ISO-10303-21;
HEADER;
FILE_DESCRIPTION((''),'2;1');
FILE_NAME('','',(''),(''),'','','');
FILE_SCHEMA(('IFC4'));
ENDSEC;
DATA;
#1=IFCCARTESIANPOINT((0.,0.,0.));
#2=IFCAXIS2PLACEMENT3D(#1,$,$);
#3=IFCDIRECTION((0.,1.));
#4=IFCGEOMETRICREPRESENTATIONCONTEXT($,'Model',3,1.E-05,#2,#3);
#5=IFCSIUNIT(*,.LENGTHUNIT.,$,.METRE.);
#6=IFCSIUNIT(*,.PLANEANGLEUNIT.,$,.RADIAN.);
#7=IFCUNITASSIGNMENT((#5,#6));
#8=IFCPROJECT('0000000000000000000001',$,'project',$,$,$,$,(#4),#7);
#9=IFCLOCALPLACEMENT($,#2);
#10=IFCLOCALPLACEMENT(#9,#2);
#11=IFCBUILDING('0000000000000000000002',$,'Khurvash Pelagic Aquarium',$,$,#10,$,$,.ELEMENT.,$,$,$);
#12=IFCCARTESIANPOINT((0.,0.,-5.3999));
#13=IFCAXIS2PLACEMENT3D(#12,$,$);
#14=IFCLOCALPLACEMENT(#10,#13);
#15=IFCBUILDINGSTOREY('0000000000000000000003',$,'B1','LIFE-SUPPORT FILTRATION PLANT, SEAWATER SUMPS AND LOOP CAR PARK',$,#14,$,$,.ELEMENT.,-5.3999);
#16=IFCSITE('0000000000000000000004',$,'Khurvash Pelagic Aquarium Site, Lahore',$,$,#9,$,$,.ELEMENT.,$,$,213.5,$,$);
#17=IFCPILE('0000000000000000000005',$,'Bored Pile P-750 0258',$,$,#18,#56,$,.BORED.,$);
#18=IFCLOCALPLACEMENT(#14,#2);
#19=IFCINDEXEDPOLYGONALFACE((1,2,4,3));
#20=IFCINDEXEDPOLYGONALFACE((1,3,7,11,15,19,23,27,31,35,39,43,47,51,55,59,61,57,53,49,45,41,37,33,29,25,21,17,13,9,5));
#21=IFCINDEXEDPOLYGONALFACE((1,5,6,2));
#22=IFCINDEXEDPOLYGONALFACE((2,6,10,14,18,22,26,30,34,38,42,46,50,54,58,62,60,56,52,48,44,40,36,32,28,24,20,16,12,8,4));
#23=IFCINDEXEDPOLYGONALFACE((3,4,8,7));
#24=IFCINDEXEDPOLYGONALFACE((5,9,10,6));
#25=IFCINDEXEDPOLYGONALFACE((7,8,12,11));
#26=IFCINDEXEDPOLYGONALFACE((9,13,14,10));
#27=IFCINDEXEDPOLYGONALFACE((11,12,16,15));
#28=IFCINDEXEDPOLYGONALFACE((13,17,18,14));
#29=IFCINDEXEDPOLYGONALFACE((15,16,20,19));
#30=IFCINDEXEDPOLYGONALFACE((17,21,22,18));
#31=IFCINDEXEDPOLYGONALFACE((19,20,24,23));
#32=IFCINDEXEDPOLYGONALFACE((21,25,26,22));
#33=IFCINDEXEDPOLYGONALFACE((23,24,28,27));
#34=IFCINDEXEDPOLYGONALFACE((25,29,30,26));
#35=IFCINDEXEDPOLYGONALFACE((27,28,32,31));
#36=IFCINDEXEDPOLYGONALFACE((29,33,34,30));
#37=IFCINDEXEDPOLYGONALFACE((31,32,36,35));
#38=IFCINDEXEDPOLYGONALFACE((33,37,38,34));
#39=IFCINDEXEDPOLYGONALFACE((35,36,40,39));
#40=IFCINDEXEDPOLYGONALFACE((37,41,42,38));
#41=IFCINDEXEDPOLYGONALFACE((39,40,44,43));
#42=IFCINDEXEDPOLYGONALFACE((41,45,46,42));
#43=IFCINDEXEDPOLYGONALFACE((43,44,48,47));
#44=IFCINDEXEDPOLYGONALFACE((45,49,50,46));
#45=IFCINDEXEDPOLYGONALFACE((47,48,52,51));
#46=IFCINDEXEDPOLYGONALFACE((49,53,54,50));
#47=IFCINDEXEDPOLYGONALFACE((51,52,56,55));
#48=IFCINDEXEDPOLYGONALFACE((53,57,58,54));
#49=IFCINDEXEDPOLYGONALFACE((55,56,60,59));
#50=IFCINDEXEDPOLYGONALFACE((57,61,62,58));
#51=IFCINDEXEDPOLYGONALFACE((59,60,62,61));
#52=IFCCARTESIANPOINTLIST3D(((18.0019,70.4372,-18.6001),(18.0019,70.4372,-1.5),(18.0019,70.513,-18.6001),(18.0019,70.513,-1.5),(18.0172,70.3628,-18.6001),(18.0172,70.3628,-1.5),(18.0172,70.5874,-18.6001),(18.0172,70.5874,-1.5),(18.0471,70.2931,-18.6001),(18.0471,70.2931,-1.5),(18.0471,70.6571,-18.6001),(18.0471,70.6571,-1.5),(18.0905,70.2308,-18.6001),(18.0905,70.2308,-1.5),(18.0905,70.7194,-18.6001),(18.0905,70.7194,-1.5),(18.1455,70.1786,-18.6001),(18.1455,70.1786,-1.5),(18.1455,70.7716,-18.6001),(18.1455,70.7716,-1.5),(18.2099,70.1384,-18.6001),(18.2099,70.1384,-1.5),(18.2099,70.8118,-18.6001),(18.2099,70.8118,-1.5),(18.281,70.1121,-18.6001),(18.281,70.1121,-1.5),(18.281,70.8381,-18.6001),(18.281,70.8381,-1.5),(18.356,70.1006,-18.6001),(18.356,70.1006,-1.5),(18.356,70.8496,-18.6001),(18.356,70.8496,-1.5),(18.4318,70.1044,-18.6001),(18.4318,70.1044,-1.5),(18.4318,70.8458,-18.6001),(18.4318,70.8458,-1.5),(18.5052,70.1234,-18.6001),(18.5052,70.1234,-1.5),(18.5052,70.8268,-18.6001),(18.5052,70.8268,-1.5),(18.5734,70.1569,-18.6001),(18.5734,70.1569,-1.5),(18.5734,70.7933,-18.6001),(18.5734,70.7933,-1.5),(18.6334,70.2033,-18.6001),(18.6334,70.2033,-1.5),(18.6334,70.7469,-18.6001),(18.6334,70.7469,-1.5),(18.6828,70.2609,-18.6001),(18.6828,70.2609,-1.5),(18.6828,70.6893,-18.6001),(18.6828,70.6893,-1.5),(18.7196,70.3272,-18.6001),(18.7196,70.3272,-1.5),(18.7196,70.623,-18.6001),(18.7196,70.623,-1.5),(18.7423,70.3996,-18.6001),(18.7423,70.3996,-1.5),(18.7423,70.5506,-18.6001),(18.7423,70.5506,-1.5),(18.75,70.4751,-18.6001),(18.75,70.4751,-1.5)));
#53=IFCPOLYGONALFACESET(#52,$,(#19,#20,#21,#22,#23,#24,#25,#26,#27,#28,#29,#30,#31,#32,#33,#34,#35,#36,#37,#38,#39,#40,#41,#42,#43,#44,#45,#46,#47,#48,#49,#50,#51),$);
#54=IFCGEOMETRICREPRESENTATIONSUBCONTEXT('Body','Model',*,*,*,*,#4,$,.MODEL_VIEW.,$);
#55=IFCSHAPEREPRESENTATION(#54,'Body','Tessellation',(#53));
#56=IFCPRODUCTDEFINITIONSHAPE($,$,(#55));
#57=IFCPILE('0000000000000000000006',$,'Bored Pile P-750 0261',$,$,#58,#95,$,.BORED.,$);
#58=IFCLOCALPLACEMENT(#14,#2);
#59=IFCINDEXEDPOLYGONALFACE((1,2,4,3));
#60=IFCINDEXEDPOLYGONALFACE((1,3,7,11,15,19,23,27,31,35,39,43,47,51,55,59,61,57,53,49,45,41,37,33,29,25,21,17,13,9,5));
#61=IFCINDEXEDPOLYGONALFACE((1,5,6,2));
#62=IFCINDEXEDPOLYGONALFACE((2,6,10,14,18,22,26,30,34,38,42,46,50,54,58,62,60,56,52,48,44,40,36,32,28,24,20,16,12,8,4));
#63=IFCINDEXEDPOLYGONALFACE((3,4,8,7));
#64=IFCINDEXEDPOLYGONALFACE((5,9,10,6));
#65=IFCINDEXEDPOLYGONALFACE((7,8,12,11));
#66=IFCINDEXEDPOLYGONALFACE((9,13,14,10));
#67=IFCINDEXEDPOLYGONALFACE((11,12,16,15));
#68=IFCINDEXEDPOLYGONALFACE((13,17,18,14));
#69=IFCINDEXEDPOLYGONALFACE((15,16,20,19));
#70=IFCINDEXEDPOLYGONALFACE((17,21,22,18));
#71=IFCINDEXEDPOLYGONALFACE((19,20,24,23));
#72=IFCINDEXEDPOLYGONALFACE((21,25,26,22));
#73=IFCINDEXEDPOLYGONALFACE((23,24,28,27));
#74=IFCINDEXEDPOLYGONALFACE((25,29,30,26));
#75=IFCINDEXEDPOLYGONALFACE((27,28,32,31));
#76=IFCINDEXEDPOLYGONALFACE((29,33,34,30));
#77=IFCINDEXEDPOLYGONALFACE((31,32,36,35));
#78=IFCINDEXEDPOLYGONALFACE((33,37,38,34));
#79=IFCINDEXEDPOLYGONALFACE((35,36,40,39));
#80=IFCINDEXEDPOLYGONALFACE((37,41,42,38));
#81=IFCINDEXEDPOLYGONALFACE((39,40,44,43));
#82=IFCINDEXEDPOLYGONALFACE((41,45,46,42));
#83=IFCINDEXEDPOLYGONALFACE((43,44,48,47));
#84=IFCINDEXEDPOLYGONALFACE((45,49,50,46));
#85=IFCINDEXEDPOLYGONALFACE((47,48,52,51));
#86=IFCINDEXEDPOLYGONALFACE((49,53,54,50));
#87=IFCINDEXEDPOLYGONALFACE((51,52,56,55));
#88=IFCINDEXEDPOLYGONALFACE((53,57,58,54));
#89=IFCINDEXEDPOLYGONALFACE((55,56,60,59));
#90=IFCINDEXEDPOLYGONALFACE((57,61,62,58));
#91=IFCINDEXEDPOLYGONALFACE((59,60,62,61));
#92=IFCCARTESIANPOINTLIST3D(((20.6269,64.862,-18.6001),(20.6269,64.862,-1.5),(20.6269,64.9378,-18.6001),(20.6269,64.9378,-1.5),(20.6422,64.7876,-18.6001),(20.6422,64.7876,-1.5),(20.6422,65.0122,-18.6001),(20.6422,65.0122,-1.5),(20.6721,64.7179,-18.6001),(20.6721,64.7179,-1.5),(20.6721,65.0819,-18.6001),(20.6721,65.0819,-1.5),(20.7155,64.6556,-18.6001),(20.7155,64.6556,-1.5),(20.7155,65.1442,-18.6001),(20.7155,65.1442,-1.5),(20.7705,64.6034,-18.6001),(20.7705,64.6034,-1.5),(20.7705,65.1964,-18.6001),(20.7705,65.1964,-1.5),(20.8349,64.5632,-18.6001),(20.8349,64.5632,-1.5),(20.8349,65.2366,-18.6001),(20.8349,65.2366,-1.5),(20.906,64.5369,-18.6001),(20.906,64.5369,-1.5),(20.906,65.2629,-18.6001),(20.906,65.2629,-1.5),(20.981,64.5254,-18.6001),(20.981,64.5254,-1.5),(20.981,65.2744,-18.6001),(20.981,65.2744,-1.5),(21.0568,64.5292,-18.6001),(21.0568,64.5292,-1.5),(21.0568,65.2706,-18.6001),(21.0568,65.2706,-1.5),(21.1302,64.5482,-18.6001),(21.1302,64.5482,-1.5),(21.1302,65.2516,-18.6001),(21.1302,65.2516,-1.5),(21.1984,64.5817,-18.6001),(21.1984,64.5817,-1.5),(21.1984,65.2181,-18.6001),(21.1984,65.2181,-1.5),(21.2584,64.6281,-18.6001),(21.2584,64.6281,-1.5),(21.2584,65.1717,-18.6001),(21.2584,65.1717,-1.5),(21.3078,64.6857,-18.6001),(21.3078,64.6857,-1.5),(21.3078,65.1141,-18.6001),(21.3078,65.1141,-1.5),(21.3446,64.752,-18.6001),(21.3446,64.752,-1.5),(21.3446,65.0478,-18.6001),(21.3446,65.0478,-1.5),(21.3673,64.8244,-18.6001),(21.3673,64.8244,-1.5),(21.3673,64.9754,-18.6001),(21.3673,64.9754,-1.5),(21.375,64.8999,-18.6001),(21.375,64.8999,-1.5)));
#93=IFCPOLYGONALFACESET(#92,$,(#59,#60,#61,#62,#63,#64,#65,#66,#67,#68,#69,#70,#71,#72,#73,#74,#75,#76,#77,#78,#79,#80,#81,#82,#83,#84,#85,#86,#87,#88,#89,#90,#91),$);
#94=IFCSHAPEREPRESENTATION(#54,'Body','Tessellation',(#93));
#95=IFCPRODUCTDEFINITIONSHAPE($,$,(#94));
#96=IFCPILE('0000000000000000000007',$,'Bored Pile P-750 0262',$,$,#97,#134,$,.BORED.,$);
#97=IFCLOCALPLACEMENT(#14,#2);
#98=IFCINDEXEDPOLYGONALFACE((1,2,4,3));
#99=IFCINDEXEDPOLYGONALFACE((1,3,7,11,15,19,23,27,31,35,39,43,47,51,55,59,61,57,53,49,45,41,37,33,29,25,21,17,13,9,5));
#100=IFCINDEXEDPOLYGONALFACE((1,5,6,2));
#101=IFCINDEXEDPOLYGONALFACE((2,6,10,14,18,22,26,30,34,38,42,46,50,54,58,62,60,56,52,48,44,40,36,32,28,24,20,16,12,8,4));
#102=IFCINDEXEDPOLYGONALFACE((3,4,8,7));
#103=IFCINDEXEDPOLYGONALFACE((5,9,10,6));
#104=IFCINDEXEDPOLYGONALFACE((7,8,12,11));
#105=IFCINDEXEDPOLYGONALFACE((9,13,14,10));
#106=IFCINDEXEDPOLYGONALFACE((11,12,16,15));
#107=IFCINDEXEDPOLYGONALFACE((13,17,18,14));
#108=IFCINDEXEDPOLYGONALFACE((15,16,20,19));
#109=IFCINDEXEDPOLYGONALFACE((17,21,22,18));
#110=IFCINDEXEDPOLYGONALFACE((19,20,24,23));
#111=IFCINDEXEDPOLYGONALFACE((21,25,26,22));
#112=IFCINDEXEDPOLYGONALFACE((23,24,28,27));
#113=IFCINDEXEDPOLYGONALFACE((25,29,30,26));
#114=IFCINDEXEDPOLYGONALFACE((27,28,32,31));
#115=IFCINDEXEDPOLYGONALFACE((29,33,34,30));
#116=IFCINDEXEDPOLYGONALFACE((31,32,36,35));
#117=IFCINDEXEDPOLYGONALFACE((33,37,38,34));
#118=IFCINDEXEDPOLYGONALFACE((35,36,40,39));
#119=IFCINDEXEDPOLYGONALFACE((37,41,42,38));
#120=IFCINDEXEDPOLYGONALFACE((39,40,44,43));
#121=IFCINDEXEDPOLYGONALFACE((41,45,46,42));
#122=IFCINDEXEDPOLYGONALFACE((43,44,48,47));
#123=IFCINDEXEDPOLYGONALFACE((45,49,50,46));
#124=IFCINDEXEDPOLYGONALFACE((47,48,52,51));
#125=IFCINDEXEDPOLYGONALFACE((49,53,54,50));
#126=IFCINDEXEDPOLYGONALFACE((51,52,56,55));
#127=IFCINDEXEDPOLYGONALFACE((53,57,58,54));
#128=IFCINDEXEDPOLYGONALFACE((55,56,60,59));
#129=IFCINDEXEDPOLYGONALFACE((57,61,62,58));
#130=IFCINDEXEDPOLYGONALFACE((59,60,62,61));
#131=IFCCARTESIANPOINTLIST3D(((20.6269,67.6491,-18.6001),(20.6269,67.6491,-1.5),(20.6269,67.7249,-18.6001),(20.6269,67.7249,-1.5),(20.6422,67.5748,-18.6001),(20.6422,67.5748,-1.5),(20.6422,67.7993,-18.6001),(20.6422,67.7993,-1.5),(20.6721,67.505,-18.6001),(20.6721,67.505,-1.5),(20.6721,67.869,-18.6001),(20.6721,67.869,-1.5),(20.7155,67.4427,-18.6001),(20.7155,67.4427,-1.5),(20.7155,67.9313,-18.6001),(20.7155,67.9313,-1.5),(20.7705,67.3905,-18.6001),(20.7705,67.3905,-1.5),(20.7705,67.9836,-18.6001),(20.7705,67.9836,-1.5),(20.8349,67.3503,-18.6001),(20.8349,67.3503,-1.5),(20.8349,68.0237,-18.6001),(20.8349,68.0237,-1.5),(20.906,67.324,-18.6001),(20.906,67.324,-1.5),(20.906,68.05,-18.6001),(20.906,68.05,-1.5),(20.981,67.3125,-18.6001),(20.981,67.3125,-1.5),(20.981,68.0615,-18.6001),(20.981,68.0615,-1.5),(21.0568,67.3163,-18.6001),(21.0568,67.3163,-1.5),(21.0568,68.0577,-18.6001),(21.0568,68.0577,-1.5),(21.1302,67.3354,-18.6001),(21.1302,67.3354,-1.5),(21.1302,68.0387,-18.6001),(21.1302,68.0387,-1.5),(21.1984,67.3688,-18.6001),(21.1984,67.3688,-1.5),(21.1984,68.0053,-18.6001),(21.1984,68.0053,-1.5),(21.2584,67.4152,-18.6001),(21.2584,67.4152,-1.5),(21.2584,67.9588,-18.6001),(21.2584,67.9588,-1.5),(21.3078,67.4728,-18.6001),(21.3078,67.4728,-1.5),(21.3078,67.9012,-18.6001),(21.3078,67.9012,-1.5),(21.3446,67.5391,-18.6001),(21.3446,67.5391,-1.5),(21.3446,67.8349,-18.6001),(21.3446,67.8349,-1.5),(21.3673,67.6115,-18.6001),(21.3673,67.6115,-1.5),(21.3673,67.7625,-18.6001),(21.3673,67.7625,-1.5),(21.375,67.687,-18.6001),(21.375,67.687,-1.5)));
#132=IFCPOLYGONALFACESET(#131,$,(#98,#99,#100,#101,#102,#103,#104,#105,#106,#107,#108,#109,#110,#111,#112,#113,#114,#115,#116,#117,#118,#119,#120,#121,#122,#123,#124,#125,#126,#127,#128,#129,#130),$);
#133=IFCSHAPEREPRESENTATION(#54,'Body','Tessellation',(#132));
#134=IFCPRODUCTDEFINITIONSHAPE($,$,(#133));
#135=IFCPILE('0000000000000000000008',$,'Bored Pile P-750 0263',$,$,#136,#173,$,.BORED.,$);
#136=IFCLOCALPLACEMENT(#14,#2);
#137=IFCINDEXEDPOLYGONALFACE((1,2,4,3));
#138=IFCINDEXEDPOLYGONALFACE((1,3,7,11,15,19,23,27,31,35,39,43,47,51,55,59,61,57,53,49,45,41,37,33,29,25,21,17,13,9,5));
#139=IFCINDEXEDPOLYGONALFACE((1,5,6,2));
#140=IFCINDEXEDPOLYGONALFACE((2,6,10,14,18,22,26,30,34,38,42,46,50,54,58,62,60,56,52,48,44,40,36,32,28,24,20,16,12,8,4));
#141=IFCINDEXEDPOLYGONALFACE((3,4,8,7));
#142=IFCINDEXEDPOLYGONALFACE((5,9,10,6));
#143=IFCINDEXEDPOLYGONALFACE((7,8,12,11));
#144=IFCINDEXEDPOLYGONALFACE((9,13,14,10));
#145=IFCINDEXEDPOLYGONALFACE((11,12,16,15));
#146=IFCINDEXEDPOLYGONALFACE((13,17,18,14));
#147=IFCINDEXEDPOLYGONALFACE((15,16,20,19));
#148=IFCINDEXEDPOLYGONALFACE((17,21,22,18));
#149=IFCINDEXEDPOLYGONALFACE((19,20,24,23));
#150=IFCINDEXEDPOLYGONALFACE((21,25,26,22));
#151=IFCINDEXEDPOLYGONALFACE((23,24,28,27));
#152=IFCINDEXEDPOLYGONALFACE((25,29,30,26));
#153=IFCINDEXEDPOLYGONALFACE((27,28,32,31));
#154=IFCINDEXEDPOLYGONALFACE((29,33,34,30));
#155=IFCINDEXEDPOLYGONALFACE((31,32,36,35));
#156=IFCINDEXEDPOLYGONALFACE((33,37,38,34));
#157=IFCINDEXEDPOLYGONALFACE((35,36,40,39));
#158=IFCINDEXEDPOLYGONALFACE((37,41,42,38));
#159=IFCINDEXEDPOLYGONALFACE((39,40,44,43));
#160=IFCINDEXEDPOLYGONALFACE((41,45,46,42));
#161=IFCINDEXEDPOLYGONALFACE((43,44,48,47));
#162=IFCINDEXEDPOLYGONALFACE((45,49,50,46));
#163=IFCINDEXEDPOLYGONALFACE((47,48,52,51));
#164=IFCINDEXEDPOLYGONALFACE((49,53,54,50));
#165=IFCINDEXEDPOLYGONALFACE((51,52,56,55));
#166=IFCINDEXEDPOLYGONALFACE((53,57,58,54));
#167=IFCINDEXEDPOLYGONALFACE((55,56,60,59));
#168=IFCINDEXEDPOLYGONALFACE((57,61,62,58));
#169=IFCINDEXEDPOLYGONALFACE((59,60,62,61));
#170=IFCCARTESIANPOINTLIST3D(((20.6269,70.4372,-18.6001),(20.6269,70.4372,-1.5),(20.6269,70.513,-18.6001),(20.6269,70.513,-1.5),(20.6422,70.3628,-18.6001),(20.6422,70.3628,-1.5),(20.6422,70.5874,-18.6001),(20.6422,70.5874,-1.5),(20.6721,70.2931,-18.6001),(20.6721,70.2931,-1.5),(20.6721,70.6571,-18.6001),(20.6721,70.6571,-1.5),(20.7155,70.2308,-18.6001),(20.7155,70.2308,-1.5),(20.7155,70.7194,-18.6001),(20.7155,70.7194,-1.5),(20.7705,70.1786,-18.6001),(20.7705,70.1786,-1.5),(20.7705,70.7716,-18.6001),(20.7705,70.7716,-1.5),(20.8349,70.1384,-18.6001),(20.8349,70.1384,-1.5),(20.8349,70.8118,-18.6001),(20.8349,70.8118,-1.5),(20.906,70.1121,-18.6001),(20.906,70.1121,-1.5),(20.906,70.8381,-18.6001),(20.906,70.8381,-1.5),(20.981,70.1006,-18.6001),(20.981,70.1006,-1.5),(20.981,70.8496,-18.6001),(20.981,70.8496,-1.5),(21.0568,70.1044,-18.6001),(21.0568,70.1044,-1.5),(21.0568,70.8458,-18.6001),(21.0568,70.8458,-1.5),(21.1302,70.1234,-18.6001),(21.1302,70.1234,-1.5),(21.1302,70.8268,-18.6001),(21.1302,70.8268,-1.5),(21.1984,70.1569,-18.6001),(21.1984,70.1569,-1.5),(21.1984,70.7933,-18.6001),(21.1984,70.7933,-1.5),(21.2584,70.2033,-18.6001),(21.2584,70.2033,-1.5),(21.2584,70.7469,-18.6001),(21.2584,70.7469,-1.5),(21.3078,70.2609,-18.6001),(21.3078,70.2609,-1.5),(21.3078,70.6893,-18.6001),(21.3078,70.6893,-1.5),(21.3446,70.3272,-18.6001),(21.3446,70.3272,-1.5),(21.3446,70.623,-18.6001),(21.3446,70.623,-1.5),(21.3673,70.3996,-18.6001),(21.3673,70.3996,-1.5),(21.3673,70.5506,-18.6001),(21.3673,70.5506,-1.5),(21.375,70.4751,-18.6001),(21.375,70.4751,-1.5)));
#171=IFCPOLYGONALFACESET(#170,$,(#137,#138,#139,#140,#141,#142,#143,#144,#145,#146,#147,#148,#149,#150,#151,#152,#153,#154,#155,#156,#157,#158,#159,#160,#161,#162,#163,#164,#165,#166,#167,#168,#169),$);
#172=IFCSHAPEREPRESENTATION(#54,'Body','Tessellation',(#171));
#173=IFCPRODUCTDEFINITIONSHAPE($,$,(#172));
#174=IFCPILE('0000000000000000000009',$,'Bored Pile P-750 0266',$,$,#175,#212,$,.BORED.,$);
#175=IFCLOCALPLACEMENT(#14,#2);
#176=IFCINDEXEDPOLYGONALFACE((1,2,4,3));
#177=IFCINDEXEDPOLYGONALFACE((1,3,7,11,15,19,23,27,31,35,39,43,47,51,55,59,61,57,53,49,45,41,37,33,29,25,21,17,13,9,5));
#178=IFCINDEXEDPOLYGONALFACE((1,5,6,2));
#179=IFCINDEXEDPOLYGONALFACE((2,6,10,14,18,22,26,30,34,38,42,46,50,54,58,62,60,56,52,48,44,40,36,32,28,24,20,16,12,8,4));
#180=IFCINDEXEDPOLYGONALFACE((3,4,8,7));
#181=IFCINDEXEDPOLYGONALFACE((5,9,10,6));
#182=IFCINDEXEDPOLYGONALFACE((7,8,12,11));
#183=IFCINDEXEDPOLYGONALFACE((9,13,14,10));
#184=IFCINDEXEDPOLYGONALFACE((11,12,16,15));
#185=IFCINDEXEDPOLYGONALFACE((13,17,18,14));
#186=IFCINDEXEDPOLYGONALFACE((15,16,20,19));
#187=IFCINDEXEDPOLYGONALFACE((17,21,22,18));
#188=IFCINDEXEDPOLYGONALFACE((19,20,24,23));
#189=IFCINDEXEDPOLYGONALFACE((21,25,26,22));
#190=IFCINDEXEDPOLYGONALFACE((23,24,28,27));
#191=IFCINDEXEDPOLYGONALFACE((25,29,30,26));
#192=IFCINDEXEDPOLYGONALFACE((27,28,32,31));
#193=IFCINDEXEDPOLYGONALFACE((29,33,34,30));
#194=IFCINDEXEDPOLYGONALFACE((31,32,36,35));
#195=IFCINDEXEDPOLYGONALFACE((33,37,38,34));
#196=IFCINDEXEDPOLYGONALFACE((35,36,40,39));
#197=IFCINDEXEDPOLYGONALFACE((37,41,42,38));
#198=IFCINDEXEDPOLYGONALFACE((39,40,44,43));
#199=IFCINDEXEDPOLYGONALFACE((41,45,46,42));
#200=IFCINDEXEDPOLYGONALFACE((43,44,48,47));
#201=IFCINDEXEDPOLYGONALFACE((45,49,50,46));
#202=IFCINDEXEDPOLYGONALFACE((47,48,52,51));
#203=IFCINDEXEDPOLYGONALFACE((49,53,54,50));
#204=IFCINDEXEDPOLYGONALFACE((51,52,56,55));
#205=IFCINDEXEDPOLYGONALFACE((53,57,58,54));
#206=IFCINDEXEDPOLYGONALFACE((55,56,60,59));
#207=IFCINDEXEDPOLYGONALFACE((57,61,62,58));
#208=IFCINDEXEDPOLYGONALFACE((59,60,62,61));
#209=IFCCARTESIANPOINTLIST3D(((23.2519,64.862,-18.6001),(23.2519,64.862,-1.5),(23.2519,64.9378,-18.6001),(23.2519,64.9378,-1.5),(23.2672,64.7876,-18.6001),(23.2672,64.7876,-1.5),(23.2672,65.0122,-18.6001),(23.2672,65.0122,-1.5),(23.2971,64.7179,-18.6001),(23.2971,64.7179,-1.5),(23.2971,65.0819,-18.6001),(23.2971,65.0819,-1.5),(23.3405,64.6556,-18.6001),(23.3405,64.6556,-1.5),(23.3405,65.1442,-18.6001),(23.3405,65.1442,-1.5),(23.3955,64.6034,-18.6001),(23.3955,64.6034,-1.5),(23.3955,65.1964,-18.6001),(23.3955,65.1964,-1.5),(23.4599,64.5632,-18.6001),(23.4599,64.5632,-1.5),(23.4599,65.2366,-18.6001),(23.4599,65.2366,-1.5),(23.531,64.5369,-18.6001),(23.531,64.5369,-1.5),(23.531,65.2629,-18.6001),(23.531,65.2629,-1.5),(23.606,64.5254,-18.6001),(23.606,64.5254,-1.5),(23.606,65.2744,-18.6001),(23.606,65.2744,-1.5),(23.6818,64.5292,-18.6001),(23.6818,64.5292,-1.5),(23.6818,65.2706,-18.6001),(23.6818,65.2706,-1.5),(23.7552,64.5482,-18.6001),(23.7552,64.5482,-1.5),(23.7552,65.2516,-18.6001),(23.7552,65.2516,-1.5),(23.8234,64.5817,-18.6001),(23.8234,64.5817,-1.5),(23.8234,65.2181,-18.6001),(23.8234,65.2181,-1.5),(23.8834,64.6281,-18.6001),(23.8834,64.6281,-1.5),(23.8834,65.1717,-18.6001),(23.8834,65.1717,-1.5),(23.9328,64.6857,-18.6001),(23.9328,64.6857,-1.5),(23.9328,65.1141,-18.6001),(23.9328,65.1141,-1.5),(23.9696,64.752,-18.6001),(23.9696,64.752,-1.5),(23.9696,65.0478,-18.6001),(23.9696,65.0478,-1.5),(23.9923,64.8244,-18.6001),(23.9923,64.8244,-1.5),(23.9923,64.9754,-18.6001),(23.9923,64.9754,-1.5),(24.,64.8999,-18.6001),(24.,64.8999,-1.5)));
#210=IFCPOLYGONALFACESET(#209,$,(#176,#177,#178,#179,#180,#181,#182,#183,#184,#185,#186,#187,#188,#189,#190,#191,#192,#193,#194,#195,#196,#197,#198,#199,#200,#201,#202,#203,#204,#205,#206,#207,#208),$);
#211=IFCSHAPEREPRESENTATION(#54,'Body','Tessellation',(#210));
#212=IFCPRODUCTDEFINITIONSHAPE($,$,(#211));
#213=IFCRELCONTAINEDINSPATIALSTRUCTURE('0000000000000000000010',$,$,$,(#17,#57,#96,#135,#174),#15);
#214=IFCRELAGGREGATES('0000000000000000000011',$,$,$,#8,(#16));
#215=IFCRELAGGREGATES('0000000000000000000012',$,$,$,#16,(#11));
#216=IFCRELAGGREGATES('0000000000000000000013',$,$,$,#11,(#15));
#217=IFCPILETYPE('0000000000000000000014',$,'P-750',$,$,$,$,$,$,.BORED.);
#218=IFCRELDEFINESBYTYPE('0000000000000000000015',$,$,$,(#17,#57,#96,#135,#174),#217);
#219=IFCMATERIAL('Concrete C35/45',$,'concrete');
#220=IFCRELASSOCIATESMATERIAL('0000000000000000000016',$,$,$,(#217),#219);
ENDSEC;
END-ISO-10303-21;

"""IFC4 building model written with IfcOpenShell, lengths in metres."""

from ifc_helpers import new_model, si_unit, direction, frame, origin, origin_2d, place, context, subcontext, project, spatial, circle, extrude, material, material_profile, profile_set, type_object, element, save


model = new_model("IFC4")

# Units and contexts
model_context = context("Model", 3, precision=1e-05, world=origin(), true_north=direction((0.0, 1.0)))
body_context = subcontext(model_context, "Body", "Model", "MODEL_VIEW")
ifc_project = project(units=[si_unit("LENGTHUNIT", "METRE"), si_unit("PLANEANGLEUNIT", "RADIAN")], contexts=[model_context])

# Site, building, storey
site_placement = place(None, origin())
site = spatial("IfcSite", under=ifc_project, at=site_placement, Name="Khurvash Pelagic Aquarium Site, Lahore", CompositionType="ELEMENT", RefElevation=213.5)
building_placement = place(site_placement, origin())
building = spatial("IfcBuilding", under=site, at=building_placement, Name="Khurvash Pelagic Aquarium", CompositionType="ELEMENT")
storey_placement = place(building_placement, frame((0.0, 0.0, -5.3999)))
storey = spatial("IfcBuildingStorey", under=building, at=storey_placement, Name="B1", Description="LIFE-SUPPORT FILTRATION PLANT, SEAWATER SUMPS AND LOOP CAR PARK", CompositionType="ELEMENT", Elevation=-5.3999)

# Shared definitions
ifc_material_1 = material(Name="Concrete C35/45", Category="concrete")

# Piles
ifc_material_profile_1 = material_profile(ifc_material_1, circle(Radius=0.375, at=origin_2d()), Name="PILE750")
ifc_profile_set_1 = profile_set([ifc_material_profile_1], Name="Concrete C35/45")
pile_type = type_object("IfcPileType", Name="P-750", PredefinedType="BORED", material=ifc_profile_set_1)
for number, where, z_axis, x_axis, name in (
    (1, (18.375, 70.4751, -1.5), (0.0, 0.0, -1.0), (1.0, 0.0, 0.0), "Bored Pile P-750 0258"),
    (2, (21.0, 64.8999, -1.5), (0.0, 0.0, -1.0), (1.0, 0.0, 0.0), "Bored Pile P-750 0261"),
    (3, (21.0, 67.687, -1.5), (0.0, 0.0, -1.0), (1.0, 0.0, 0.0), "Bored Pile P-750 0262"),
    (4, (21.0, 70.4751, -1.5), (0.0, 0.0, -1.0), (1.0, 0.0, 0.0), "Bored Pile P-750 0263"),
    (5, (23.625, 64.8999, -1.5), (0.0, 0.0, -1.0), (1.0, 0.0, 0.0), "Bored Pile P-750 0266"),
):
    element("IfcPile", number, at=place(storey_placement, frame(where, z_axis=z_axis, x_axis=x_axis)), inside=storey, type_object=pile_type, Name=name, PredefinedType="BORED", context=body_context, shape_type="SweptSolid", body=[
        extrude(circle(Radius=0.375, at=origin_2d()), origin(), (0.0, 0.0, 1.0), 17.1001),
    ])

save(model, "model.ifc")
